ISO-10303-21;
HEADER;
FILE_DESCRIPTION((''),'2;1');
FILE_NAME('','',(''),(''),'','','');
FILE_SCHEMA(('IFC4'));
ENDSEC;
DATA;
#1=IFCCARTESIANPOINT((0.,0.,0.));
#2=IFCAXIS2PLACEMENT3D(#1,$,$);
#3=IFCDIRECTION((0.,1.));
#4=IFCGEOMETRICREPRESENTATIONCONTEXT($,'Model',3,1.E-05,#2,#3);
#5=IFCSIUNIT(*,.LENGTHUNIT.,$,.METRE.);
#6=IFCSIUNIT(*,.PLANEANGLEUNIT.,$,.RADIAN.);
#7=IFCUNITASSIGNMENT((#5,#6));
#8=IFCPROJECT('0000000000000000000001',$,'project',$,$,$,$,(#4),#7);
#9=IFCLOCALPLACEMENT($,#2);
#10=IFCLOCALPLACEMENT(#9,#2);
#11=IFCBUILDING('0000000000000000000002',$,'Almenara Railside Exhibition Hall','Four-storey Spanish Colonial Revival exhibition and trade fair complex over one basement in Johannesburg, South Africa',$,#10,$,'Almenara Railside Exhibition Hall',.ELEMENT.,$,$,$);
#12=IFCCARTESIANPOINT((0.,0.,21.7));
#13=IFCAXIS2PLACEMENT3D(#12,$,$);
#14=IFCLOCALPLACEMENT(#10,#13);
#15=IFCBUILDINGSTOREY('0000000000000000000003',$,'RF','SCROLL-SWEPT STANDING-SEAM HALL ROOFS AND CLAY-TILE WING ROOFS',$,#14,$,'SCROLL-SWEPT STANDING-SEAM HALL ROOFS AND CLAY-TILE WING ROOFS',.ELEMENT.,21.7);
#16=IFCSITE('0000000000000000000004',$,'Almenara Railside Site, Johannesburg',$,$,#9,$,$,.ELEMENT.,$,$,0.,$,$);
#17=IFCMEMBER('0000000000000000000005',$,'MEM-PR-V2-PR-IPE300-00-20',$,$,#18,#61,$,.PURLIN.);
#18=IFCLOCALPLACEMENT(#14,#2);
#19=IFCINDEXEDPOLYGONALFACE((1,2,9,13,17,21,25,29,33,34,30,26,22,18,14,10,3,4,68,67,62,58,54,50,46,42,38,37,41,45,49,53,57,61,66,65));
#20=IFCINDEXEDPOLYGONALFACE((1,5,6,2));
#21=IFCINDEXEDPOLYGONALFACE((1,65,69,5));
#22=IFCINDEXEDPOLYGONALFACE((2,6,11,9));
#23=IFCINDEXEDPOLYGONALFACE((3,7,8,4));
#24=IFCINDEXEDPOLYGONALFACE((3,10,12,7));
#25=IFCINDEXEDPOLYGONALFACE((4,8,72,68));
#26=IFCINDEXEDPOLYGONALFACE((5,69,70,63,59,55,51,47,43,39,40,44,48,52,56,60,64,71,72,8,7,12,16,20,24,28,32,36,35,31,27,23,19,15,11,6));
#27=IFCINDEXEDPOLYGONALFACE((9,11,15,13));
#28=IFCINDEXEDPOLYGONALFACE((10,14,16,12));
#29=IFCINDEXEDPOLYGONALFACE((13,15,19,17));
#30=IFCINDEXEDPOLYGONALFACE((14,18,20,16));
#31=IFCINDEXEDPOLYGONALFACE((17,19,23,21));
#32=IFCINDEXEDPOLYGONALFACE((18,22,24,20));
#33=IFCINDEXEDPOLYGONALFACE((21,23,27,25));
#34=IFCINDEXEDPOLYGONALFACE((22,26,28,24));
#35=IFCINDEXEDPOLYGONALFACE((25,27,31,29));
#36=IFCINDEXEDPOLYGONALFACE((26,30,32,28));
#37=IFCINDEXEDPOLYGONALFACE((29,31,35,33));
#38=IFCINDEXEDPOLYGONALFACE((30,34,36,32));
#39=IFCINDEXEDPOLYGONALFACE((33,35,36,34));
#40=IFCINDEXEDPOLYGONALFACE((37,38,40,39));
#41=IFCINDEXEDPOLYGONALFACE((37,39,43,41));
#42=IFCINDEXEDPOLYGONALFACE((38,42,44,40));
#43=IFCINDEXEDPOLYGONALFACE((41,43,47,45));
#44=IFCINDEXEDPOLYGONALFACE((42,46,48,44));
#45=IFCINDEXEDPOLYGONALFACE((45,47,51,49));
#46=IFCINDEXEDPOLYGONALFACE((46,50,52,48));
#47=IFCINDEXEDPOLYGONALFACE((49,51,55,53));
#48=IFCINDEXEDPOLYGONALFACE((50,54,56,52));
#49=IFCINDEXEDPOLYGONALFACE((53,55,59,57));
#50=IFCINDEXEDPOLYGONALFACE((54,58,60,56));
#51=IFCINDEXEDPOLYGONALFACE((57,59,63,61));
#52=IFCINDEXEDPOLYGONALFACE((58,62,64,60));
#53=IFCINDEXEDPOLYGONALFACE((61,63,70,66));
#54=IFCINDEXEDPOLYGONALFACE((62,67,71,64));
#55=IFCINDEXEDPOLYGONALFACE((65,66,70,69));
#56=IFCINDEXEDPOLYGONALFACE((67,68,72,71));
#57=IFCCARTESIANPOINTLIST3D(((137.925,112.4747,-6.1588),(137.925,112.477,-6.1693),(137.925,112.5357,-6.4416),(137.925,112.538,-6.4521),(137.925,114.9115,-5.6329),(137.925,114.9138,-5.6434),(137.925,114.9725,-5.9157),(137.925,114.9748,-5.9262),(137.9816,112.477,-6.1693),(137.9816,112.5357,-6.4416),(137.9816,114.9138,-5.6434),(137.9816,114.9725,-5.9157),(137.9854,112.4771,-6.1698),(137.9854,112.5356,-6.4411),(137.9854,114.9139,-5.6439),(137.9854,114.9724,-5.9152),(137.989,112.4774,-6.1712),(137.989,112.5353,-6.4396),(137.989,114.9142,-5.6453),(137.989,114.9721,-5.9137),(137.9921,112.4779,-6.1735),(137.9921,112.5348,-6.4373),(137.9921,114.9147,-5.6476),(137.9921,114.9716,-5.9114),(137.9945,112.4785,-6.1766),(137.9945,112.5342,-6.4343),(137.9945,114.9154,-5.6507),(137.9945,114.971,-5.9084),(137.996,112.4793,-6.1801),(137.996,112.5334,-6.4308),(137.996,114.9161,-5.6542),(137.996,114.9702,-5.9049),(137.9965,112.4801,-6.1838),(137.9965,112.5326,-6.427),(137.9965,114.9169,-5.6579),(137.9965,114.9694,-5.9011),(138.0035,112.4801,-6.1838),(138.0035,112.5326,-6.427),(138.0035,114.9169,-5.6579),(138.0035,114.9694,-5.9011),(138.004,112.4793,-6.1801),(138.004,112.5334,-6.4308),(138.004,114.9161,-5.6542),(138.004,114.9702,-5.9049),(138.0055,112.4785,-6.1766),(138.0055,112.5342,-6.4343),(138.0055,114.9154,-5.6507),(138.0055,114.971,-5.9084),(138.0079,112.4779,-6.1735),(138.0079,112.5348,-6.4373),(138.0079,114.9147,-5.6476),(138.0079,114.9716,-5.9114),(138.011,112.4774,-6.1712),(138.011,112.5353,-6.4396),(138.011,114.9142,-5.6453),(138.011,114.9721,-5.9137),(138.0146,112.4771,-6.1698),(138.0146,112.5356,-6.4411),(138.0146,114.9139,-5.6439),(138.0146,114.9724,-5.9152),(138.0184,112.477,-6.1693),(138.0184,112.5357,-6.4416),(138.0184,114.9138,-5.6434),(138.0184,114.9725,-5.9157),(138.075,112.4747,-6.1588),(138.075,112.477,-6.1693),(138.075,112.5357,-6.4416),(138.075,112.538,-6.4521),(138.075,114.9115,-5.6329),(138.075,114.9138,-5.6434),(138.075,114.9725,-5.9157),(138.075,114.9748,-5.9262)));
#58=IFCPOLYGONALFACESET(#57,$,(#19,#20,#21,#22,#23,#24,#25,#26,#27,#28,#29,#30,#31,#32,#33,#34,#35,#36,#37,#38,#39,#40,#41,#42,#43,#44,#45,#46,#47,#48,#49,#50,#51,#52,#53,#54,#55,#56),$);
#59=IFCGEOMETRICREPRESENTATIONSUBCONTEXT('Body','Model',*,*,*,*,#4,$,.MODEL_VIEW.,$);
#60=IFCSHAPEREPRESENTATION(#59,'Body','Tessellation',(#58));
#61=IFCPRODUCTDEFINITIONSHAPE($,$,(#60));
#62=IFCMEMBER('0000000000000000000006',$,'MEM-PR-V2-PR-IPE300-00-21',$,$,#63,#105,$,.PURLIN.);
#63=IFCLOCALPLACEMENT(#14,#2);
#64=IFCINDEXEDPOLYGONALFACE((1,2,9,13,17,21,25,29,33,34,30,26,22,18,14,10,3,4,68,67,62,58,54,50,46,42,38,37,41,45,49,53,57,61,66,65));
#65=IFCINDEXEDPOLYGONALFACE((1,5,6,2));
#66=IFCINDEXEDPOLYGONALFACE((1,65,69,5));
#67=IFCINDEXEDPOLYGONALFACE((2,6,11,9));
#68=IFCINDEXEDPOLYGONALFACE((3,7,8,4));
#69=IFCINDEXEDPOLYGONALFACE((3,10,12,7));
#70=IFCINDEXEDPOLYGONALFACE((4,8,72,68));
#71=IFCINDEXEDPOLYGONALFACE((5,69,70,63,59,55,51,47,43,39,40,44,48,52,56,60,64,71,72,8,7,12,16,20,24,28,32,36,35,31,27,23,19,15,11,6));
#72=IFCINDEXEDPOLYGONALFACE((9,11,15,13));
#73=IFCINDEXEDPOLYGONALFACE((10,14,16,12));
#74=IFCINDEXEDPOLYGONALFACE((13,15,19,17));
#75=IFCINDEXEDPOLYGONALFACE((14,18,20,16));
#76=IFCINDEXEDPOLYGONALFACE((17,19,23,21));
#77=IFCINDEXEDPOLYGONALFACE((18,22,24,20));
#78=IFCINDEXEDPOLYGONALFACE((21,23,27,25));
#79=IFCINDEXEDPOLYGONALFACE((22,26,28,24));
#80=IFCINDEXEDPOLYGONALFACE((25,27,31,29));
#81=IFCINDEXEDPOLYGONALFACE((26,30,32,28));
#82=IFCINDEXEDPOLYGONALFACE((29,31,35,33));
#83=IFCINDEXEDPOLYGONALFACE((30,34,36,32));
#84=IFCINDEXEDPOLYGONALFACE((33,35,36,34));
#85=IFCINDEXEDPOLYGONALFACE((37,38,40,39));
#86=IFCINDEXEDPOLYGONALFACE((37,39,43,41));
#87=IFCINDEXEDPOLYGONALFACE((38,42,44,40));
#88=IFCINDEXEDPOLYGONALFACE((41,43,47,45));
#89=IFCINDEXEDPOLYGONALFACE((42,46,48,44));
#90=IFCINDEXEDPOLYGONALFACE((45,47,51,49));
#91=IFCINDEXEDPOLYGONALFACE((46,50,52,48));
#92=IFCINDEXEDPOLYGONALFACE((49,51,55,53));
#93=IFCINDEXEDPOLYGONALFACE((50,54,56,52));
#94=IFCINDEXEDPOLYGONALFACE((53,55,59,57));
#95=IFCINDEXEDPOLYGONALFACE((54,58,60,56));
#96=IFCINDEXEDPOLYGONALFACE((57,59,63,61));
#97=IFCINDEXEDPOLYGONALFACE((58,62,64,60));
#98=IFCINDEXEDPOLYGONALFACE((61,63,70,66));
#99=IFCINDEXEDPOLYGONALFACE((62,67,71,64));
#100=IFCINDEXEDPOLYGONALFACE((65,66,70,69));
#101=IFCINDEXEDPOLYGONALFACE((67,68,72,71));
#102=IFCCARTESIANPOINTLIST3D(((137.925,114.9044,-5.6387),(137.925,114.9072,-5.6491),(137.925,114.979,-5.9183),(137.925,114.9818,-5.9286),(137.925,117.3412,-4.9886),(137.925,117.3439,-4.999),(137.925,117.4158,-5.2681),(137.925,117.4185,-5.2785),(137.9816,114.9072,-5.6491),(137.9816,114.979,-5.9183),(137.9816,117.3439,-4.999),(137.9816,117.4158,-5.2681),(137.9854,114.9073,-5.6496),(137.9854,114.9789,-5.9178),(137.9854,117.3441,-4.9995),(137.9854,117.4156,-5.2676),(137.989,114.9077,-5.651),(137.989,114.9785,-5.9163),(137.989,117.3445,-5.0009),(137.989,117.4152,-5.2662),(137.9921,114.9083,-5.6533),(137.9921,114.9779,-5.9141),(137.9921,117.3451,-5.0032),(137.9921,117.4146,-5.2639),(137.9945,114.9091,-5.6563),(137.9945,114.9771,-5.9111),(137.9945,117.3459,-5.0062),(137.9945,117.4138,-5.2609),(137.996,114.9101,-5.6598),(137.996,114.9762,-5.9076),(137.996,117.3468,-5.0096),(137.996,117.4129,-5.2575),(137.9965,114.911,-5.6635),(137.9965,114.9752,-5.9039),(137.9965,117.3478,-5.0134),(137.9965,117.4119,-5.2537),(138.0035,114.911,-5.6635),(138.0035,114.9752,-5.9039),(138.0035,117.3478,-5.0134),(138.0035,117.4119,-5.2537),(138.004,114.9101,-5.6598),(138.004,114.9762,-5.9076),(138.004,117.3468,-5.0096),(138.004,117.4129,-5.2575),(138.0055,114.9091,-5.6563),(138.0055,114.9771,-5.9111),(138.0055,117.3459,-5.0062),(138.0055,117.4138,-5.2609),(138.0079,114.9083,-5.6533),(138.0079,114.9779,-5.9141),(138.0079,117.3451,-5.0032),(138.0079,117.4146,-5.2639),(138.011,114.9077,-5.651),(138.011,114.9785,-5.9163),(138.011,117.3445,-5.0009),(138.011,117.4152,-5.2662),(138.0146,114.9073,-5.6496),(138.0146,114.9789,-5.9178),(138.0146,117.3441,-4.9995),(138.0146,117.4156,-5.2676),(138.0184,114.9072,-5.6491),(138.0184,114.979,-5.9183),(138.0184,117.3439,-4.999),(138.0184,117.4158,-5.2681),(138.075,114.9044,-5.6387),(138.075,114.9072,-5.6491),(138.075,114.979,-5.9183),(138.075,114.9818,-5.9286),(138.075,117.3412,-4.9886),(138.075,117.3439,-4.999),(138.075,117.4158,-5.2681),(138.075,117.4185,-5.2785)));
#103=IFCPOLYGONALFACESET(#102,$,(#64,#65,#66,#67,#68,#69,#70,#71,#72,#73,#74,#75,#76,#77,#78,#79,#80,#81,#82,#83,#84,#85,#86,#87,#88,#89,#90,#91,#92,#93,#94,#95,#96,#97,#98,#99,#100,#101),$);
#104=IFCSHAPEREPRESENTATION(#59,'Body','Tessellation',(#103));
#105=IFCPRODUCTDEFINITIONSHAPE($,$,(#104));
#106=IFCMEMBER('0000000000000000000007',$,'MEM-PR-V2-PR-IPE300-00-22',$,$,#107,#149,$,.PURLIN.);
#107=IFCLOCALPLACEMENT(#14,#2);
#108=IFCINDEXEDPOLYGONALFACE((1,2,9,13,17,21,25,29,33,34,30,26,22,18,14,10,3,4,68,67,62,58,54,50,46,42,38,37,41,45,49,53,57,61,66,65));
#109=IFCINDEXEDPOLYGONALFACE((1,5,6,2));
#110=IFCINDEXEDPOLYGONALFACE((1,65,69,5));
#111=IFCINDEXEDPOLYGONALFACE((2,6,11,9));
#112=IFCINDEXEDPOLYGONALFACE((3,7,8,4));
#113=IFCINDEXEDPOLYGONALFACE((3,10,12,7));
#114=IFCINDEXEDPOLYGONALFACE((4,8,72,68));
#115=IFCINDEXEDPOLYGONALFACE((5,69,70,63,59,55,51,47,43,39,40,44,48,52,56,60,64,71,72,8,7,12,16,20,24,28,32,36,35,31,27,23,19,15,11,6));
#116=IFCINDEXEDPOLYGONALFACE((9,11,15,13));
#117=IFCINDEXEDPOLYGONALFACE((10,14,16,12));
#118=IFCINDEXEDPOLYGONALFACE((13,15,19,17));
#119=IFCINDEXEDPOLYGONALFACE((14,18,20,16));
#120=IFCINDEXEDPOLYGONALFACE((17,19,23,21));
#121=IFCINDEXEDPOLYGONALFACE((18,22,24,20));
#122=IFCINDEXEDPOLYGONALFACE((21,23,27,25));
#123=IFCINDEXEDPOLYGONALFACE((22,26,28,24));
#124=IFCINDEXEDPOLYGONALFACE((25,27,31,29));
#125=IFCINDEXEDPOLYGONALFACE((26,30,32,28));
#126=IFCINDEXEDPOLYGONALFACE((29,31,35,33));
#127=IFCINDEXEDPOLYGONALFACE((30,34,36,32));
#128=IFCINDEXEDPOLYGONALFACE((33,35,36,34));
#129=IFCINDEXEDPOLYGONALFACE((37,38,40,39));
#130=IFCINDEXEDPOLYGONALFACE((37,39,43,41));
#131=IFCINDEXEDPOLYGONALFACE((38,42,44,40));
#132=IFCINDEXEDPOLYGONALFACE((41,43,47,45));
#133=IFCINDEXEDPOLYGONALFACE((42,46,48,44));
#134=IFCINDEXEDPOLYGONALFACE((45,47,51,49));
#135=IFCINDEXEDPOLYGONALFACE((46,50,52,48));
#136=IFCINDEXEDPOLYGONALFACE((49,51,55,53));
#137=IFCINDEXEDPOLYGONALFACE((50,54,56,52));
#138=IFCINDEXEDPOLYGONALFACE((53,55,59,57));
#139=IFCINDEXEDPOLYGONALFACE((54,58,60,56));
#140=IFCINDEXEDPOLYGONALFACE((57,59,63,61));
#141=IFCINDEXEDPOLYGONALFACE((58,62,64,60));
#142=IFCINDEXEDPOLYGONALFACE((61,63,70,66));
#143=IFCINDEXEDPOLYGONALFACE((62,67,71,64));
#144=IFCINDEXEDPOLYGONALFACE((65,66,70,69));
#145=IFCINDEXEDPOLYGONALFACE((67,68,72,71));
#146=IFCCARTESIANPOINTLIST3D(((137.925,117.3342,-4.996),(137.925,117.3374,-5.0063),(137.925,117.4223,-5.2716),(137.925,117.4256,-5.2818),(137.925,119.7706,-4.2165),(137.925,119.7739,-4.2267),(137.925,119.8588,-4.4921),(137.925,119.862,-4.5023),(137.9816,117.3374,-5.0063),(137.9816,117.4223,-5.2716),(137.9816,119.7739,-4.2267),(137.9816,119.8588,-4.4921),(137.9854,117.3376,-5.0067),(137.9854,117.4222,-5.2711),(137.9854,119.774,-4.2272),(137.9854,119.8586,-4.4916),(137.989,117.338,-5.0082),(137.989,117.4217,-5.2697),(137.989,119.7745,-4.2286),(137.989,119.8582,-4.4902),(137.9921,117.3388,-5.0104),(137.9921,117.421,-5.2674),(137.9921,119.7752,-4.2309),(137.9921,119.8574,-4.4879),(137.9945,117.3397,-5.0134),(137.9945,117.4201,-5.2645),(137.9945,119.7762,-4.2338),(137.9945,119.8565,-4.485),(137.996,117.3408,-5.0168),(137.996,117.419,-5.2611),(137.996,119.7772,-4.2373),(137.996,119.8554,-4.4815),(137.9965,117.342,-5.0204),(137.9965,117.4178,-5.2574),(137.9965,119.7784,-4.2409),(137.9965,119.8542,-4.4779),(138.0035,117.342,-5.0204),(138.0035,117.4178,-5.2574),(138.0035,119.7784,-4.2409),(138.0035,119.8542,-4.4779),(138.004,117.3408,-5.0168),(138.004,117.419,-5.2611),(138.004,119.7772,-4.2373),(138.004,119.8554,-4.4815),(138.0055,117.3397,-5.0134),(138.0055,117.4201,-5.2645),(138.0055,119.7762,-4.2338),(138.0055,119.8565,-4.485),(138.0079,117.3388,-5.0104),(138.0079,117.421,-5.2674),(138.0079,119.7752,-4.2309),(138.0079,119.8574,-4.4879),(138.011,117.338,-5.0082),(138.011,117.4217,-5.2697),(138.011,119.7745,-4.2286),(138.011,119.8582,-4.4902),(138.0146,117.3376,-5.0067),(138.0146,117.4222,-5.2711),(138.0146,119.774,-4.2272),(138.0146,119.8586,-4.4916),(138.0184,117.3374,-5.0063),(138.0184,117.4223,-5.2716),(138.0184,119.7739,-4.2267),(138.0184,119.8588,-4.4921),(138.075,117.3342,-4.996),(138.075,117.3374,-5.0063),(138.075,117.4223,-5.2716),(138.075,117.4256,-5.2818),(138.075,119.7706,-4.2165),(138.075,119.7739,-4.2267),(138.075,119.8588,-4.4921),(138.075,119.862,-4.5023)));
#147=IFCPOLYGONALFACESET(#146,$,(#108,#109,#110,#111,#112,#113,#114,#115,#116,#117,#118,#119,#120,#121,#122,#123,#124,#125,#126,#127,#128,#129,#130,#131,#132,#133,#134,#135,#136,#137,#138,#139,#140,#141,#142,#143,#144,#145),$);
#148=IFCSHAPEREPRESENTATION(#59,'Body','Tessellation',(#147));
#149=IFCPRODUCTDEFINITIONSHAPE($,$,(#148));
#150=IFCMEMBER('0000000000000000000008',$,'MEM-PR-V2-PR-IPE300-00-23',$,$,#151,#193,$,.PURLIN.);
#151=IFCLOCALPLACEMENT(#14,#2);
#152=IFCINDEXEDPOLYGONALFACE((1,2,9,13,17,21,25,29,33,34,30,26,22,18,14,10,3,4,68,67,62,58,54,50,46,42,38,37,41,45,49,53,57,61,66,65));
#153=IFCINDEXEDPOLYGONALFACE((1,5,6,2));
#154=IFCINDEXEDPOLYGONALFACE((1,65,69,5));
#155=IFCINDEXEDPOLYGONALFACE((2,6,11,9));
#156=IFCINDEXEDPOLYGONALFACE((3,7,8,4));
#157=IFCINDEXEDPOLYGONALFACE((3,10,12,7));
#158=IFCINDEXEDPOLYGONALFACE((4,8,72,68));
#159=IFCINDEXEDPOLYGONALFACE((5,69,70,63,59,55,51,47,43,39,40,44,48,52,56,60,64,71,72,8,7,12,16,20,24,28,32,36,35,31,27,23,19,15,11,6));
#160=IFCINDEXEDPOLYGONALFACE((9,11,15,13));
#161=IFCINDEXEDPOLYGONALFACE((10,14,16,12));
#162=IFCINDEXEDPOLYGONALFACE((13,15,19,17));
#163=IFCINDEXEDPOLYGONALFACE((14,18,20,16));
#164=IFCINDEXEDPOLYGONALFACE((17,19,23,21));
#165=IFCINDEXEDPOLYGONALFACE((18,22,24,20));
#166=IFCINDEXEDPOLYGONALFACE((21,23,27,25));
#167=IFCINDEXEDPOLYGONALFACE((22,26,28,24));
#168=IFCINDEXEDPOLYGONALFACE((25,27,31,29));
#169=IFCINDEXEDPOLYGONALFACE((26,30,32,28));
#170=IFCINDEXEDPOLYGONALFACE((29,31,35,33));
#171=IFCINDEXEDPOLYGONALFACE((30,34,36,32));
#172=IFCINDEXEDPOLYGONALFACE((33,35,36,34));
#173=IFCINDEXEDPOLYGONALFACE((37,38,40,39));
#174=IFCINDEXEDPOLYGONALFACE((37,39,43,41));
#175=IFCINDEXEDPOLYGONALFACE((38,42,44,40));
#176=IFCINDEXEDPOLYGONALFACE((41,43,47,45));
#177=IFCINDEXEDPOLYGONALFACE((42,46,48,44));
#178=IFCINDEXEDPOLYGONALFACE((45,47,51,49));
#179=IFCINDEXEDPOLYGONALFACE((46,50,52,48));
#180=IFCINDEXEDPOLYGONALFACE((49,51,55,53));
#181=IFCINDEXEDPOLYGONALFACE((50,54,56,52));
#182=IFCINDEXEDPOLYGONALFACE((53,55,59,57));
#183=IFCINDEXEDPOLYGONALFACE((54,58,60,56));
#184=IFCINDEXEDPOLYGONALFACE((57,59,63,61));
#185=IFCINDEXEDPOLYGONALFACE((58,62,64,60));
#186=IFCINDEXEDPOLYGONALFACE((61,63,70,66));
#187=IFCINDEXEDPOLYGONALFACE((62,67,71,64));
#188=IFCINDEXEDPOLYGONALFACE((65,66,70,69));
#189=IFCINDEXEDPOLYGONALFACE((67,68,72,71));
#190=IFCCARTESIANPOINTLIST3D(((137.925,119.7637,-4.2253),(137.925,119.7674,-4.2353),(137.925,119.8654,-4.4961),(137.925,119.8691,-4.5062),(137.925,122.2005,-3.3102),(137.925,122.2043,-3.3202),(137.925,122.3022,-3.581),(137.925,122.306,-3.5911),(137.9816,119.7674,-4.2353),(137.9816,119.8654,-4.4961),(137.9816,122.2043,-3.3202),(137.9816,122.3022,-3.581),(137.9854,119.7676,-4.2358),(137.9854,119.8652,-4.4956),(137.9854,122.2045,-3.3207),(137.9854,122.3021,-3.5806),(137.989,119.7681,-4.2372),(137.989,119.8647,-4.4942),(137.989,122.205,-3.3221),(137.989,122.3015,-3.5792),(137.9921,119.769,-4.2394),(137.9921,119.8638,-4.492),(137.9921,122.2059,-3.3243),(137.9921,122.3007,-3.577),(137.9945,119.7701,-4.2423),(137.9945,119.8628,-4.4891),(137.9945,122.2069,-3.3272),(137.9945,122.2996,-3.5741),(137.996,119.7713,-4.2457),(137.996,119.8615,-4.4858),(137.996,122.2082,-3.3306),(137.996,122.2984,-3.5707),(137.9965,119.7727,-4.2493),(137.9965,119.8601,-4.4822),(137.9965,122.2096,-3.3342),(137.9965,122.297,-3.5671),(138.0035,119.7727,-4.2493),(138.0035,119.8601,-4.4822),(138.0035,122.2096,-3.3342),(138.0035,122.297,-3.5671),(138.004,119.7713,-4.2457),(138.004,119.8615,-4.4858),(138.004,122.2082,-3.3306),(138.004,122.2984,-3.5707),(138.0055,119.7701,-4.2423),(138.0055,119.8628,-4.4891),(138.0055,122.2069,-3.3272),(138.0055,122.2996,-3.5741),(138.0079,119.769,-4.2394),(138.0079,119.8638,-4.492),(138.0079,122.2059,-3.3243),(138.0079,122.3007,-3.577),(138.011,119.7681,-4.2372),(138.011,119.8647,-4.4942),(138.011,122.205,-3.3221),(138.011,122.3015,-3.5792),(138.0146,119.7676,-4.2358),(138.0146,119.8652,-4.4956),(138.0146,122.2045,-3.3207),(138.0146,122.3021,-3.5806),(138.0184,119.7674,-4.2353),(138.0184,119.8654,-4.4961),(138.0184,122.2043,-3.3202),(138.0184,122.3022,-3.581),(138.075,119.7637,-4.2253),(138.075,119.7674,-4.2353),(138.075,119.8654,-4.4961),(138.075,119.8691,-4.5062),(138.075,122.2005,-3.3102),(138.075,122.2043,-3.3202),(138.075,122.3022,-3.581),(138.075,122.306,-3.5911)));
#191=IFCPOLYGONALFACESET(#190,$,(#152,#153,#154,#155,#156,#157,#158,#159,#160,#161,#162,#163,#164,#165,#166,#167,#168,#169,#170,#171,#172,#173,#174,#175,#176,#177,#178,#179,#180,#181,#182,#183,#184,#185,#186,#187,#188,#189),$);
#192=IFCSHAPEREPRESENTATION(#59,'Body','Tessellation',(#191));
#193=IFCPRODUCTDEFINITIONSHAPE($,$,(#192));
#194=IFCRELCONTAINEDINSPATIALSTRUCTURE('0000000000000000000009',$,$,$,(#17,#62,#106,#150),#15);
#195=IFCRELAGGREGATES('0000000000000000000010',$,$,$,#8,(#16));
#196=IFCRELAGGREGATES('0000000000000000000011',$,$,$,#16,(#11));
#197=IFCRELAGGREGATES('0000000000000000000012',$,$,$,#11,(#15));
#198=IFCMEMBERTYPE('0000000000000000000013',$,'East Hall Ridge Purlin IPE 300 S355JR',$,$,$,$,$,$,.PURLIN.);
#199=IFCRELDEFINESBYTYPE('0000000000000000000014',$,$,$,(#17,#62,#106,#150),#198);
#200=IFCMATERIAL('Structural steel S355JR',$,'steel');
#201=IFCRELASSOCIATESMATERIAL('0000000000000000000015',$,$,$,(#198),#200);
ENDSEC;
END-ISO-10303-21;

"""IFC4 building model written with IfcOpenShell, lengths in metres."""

from ifc_helpers import new_model, si_unit, direction, frame, origin, origin_2d, place, context, subcontext, project, spatial, i_section, extrude, material, material_profile, profile_set, type_object, element, save


model = new_model("IFC4")

# Units and contexts
model_context = context("Model", 3, precision=1e-05, world=origin(), true_north=direction((0.0, 1.0)))
body_context = subcontext(model_context, "Body", "Model", "MODEL_VIEW")
ifc_project = project(units=[si_unit("LENGTHUNIT", "METRE"), si_unit("PLANEANGLEUNIT", "RADIAN")], contexts=[model_context])

# Site, building, storey
site_placement = place(None, origin())
site = spatial("IfcSite", under=ifc_project, at=site_placement, Name="Almenara Railside Site, Johannesburg", CompositionType="ELEMENT", RefElevation=0.0)
building_placement = place(site_placement, origin())
building = spatial("IfcBuilding", under=site, at=building_placement, Name="Almenara Railside Exhibition Hall", Description="Four-storey Spanish Colonial Revival exhibition and trade fair complex over one basement in Johannesburg, South Africa", LongName="Almenara Railside Exhibition Hall", CompositionType="ELEMENT")
storey_placement = place(building_placement, frame((0.0, 0.0, 21.7)))
storey = spatial("IfcBuildingStorey", under=building, at=storey_placement, Name="RF", Description="SCROLL-SWEPT STANDING-SEAM HALL ROOFS AND CLAY-TILE WING ROOFS", LongName="SCROLL-SWEPT STANDING-SEAM HALL ROOFS AND CLAY-TILE WING ROOFS", CompositionType="ELEMENT", Elevation=21.7)

# Shared definitions
ifc_material_1 = material(Name="Structural steel S355JR", Category="steel")

# Members
ifc_material_profile_1 = material_profile(ifc_material_1, i_section(OverallWidth=0.1499, OverallDepth=0.3, WebThickness=0.0071, FlangeThickness=0.0107, FilletRadius=0.0149, at=origin_2d()), Name="IPE 300")
ifc_profile_set_1 = profile_set([ifc_material_profile_1], Name="Structural steel S355JR")
member_type_1 = type_object("IfcMemberType", Name="East Hall Ridge Purlin IPE 300 S355JR", PredefinedType="PURLIN", material=ifc_profile_set_1)
member_1_placement = place(storey_placement, frame((138.0, 112.5063, -6.3054), z_axis=(0.0, 0.977496, 0.210953), x_axis=(-1.0, 0.0, 0.0)))
element("IfcMember", 1, at=member_1_placement, inside=storey, type_object=member_type_1, Name="MEM-PR-V2-PR-IPE300-00-20", PredefinedType="PURLIN", context=body_context, shape_type="SweptSolid", body=[
    extrude(i_section(OverallWidth=0.1499, OverallDepth=0.3, WebThickness=0.0071, FlangeThickness=0.0107, FilletRadius=0.0149, at=origin_2d()), origin(), (0.0, 0.0, 1.0), 2.4929),
])
member_2_placement = place(storey_placement, frame((138.0, 114.9431, -5.7837), z_axis=(0.0, 0.966201, 0.257789), x_axis=(-1.0, 0.0, 0.0)))
element("IfcMember", 2, at=member_2_placement, inside=storey, type_object=member_type_1, Name="MEM-PR-V2-PR-IPE300-00-21", PredefinedType="PURLIN", context=body_context, shape_type="SweptSolid", body=[
    extrude(i_section(OverallWidth=0.1499, OverallDepth=0.3, WebThickness=0.0071, FlangeThickness=0.0107, FilletRadius=0.0149, at=origin_2d()), origin(), (0.0, 0.0, 1.0), 2.522),
])
member_3_placement = place(storey_placement, frame((138.0, 117.3799, -5.1389), z_axis=(0.0, 0.952441, 0.304724), x_axis=(-1.0, 0.0, 0.0)))
element("IfcMember", 3, at=member_3_placement, inside=storey, type_object=member_type_1, Name="MEM-PR-V2-PR-IPE300-00-22", PredefinedType="PURLIN", context=body_context, shape_type="SweptSolid", body=[
    extrude(i_section(OverallWidth=0.1499, OverallDepth=0.3, WebThickness=0.0071, FlangeThickness=0.0107, FilletRadius=0.0149, at=origin_2d()), origin(), (0.0, 0.0, 1.0), 2.5581),
])
member_4_placement = place(storey_placement, frame((138.0, 119.8164, -4.3657), z_axis=(0.0, 0.936171, 0.351545), x_axis=(-1.0, 0.0, 0.0)))
element("IfcMember", 4, at=member_4_placement, inside=storey, type_object=member_type_1, Name="MEM-PR-V2-PR-IPE300-00-23", PredefinedType="PURLIN", context=body_context, shape_type="SweptSolid", body=[
    extrude(i_section(OverallWidth=0.1499, OverallDepth=0.3, WebThickness=0.0071, FlangeThickness=0.0107, FilletRadius=0.0149, at=origin_2d()), origin(), (0.0, 0.0, 1.0), 2.603),
])

save(model, "model.ifc")
